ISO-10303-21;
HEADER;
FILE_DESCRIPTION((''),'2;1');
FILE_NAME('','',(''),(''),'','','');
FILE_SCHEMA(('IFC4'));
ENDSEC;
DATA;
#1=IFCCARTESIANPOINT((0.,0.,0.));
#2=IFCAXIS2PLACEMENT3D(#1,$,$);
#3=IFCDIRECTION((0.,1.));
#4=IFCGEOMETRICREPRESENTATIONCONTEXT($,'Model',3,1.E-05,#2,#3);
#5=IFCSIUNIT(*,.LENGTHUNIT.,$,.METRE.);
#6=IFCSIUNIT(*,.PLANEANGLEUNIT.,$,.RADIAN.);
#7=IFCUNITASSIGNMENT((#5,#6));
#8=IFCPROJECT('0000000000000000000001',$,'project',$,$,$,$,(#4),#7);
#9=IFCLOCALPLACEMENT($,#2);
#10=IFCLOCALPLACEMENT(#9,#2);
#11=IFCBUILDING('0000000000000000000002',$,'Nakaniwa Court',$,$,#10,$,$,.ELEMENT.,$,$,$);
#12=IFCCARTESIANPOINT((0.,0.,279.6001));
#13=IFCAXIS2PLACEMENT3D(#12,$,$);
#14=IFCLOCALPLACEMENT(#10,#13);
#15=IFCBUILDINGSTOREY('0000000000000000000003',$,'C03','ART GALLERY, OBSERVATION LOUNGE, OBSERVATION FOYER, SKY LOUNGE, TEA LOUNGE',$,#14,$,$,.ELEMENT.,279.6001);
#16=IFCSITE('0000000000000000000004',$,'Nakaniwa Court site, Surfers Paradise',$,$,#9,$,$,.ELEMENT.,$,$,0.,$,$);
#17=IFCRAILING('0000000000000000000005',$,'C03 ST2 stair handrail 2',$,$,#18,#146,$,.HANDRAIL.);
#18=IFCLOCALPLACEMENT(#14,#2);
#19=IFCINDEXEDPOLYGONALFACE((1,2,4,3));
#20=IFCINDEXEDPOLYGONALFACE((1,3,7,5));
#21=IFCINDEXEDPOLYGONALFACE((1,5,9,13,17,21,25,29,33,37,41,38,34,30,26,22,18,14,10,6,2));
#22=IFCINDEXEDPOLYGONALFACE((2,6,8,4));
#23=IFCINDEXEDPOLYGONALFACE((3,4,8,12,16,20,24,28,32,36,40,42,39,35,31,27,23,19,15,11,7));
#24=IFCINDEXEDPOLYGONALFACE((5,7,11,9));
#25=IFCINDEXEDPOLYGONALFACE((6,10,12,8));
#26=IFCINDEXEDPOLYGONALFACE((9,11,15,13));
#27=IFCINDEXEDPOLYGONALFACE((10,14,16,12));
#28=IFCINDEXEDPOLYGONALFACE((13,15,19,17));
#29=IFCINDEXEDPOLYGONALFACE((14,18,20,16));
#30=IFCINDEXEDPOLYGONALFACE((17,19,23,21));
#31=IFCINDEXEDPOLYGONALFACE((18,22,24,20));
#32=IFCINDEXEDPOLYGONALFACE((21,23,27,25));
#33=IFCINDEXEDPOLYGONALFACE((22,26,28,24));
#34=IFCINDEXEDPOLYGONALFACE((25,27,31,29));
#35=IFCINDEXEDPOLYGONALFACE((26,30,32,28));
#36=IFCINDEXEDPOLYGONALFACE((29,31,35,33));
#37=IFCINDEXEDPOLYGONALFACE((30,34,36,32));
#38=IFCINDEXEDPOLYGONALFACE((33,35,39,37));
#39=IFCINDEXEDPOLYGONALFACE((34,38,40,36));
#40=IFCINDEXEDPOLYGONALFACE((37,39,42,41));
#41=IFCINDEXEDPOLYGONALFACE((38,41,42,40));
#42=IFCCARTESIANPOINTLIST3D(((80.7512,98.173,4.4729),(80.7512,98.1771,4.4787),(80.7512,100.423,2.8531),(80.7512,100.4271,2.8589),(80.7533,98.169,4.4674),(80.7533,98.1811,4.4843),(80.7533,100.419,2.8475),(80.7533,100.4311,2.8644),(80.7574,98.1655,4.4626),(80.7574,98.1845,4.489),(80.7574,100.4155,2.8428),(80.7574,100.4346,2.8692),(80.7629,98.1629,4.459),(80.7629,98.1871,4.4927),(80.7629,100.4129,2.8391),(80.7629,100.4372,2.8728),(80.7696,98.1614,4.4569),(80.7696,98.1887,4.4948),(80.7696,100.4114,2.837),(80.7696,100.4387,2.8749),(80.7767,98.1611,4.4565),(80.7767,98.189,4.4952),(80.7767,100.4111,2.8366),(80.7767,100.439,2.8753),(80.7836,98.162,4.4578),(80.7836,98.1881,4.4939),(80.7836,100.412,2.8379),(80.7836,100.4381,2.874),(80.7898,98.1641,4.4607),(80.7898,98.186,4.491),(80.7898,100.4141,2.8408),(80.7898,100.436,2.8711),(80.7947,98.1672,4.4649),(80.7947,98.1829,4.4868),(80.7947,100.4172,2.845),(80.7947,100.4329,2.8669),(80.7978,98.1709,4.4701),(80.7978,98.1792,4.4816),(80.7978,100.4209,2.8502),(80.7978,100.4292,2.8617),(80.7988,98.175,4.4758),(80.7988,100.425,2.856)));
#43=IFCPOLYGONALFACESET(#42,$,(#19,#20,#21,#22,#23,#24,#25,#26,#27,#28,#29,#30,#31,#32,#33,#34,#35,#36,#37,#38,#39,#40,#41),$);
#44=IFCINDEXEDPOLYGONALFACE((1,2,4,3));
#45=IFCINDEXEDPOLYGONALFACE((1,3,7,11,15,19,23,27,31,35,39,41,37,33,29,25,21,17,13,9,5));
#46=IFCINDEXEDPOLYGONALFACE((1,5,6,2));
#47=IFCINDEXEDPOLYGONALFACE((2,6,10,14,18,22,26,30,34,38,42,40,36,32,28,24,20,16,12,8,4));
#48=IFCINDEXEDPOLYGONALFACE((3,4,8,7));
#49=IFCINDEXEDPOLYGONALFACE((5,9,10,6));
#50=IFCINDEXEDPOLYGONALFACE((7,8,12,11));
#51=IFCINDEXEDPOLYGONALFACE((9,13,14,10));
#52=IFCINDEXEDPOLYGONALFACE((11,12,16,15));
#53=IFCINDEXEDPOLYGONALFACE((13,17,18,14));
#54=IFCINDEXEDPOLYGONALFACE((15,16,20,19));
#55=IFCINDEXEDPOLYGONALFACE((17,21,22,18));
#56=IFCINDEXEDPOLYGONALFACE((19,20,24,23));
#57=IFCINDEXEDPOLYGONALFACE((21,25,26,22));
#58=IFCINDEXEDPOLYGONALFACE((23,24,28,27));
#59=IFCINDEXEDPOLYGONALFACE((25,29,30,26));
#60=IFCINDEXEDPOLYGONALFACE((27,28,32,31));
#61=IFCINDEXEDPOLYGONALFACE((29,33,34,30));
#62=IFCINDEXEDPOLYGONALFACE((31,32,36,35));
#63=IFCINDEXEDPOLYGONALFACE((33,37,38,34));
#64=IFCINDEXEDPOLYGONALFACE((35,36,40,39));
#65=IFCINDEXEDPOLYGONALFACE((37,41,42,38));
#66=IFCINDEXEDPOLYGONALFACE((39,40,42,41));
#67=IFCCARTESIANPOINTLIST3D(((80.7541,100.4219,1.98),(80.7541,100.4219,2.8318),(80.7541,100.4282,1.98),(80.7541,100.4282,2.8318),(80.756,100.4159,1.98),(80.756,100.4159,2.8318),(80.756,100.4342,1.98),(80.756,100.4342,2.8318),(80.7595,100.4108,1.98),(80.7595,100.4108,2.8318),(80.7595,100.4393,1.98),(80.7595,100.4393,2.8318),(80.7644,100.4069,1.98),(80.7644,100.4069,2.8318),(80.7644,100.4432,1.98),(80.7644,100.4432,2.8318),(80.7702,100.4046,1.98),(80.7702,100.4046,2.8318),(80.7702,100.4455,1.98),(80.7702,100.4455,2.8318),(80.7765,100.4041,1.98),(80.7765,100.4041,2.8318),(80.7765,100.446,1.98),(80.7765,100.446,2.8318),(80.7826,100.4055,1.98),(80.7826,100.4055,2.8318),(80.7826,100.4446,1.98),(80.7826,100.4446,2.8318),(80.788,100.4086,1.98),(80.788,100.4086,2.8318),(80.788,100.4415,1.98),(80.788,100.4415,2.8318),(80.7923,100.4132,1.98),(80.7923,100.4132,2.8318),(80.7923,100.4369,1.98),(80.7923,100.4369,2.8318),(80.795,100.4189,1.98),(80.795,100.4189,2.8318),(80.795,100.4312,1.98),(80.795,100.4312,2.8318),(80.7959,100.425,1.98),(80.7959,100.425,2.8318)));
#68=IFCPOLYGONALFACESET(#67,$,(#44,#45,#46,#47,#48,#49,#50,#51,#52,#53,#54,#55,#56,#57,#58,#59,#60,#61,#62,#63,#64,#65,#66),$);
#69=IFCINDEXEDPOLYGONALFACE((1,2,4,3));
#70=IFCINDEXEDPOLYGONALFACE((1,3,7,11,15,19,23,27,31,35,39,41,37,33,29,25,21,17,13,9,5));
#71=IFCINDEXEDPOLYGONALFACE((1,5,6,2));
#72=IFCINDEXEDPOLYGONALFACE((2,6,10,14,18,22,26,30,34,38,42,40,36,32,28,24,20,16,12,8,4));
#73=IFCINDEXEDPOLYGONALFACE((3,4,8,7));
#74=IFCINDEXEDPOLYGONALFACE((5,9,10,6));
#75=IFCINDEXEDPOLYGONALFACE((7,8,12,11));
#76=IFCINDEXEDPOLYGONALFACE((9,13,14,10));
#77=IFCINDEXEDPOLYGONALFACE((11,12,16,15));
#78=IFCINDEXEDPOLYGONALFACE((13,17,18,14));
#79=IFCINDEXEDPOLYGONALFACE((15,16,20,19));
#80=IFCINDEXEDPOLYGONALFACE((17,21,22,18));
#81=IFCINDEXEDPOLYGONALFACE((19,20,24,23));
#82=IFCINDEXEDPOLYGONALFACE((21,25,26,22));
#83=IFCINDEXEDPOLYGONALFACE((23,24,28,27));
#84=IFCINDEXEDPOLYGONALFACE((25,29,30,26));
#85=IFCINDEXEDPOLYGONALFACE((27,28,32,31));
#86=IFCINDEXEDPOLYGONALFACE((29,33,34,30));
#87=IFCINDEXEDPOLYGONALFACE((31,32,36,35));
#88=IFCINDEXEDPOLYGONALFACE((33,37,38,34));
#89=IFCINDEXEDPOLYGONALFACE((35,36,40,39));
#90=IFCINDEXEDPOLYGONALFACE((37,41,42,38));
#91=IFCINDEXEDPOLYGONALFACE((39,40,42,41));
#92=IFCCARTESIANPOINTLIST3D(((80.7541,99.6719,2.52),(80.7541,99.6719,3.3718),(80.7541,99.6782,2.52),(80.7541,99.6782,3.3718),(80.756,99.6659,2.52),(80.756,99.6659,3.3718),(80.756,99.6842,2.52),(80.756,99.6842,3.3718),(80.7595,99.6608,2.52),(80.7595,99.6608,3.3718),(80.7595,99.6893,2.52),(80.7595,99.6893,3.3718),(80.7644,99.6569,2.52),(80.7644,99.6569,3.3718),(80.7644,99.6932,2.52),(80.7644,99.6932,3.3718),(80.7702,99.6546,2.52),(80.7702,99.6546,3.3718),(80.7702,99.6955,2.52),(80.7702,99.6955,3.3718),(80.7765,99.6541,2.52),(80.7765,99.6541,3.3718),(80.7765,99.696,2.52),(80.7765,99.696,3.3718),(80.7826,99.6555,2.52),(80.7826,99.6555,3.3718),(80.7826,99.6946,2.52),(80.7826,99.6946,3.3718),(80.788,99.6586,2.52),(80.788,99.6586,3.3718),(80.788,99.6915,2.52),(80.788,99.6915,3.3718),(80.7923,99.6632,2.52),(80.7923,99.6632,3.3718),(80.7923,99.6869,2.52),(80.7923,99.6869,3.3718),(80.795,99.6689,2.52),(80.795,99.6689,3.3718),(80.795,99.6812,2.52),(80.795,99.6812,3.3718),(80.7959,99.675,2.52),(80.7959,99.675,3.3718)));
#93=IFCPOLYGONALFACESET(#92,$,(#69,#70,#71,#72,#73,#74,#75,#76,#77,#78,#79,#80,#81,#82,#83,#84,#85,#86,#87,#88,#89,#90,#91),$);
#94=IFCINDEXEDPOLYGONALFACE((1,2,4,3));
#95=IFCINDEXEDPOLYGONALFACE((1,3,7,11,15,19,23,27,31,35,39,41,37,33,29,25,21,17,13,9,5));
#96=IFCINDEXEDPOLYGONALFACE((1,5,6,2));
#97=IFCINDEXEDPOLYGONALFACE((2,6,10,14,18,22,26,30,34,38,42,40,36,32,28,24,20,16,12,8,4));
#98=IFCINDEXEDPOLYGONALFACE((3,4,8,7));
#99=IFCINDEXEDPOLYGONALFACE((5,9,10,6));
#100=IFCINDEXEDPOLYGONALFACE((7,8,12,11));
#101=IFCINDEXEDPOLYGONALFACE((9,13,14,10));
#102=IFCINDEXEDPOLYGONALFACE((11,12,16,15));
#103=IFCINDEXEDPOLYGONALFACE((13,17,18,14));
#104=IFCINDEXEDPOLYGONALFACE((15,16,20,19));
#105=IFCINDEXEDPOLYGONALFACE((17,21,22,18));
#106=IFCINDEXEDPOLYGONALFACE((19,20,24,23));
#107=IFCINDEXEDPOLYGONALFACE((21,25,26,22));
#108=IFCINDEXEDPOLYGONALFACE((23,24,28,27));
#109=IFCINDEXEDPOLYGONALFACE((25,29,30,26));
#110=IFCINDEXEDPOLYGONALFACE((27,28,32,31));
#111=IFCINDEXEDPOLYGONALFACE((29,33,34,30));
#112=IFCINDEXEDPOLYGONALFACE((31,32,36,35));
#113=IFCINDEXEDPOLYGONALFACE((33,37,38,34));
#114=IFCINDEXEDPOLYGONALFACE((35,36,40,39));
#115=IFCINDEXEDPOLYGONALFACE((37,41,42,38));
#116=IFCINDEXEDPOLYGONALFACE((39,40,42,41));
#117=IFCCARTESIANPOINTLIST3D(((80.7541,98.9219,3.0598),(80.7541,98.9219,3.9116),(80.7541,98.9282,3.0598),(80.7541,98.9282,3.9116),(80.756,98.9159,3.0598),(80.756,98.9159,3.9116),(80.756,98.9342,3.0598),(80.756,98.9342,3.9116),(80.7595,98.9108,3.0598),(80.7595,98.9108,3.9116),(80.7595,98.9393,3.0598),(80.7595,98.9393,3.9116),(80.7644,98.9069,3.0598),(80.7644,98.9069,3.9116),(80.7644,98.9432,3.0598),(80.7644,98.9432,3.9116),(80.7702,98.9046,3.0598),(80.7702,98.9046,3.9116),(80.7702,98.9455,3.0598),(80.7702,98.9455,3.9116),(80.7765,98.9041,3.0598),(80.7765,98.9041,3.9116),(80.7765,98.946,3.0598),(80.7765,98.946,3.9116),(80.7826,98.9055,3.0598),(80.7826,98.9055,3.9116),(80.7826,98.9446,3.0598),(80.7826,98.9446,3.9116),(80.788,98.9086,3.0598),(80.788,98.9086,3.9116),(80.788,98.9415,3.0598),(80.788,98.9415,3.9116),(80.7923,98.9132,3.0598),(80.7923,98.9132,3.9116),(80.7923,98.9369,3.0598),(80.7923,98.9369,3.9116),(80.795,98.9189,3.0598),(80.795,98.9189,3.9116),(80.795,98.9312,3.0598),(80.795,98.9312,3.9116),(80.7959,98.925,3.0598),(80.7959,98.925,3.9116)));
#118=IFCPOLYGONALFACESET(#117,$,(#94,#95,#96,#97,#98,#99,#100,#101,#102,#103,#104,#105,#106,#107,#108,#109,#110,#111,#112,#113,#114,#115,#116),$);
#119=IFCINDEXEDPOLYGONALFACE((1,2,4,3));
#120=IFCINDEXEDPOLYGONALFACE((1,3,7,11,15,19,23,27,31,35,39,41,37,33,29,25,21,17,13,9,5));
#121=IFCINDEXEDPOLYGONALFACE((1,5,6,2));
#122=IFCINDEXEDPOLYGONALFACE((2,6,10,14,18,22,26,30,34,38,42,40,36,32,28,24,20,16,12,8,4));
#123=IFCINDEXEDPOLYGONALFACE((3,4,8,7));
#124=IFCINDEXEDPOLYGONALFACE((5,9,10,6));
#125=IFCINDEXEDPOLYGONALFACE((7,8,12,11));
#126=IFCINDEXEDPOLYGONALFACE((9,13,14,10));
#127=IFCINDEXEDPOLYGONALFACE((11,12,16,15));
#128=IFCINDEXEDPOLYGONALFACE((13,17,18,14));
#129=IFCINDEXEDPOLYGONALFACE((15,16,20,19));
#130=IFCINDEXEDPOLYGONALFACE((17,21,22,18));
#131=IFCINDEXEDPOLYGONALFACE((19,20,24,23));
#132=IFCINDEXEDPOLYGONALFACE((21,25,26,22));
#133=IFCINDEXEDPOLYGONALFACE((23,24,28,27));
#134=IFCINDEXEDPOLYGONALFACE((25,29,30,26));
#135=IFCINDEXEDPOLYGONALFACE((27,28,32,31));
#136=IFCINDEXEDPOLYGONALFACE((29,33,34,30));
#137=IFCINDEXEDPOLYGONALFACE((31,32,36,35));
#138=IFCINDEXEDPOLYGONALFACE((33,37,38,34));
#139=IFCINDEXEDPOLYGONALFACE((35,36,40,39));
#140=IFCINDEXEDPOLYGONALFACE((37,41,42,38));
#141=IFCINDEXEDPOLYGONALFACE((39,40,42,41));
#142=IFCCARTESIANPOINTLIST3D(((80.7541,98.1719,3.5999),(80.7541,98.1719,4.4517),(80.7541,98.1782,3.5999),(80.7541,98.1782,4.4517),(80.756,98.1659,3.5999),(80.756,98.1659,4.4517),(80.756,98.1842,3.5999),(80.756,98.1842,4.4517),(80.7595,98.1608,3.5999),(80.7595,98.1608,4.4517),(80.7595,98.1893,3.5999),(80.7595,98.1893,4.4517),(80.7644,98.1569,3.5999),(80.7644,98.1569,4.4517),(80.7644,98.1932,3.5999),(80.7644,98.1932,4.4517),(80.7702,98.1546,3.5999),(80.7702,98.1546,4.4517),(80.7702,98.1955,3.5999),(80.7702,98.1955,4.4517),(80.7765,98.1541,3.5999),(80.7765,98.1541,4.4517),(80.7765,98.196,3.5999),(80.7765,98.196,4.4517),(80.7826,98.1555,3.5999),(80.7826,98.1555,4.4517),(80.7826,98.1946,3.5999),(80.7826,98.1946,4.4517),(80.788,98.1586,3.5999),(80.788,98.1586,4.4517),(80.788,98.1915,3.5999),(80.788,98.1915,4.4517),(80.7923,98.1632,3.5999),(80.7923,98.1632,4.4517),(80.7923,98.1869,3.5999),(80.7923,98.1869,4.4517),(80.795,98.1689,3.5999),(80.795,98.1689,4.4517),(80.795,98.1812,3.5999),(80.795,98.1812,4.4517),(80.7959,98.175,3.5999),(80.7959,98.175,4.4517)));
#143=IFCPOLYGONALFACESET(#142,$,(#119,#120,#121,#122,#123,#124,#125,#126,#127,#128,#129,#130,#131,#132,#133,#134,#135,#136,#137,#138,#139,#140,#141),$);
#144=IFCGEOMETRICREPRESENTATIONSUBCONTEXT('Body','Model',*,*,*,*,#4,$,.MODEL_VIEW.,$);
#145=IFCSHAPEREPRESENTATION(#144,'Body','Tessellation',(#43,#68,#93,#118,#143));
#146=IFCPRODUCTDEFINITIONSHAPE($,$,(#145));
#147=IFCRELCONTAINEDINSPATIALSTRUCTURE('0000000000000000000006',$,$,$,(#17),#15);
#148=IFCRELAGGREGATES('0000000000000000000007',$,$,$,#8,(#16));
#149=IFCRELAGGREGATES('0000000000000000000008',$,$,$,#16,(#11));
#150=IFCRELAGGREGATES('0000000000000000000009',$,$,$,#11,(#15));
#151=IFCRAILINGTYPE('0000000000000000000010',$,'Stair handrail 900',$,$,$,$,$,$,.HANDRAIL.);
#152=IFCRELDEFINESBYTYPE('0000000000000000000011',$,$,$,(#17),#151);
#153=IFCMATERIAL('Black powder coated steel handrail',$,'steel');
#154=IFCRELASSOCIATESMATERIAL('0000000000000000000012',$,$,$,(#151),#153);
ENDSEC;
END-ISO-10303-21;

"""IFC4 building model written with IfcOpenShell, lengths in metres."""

from ifc_helpers import new_model, si_unit, direction, frame, origin, origin_2d, place, context, subcontext, project, spatial, circle, extrude, material, type_object, element, save


model = new_model("IFC4")

# Units and contexts
model_context = context("Model", 3, precision=1e-05, world=origin(), true_north=direction((0.0, 1.0)))
body_context = subcontext(model_context, "Body", "Model", "MODEL_VIEW")
ifc_project = project(units=[si_unit("LENGTHUNIT", "METRE"), si_unit("PLANEANGLEUNIT", "RADIAN")], contexts=[model_context])

# Site, building, storey
site_placement = place(None, origin())
site = spatial("IfcSite", under=ifc_project, at=site_placement, Name="Nakaniwa Court site, Surfers Paradise", CompositionType="ELEMENT", RefElevation=0.0)
building_placement = place(site_placement, origin())
building = spatial("IfcBuilding", under=site, at=building_placement, Name="Nakaniwa Court", CompositionType="ELEMENT")
storey_placement = place(building_placement, frame((0.0, 0.0, 279.6001)))
storey = spatial("IfcBuildingStorey", under=building, at=storey_placement, Name="C03", Description="ART GALLERY, OBSERVATION LOUNGE, OBSERVATION FOYER, SKY LOUNGE, TEA LOUNGE", CompositionType="ELEMENT", Elevation=279.6001)

# Railing
ifc_material_1 = material(Name="Black powder coated steel handrail", Category="steel")
railing_type_1 = type_object("IfcRailingType", Name="Stair handrail 900", PredefinedType="HANDRAIL", material=ifc_material_1)
railing_1_placement = place(storey_placement, frame((80.7749, 100.425, 1.98)))
element("IfcRailing", 1, at=railing_1_placement, inside=storey, type_object=railing_type_1, Name="C03 ST2 stair handrail 2", PredefinedType="HANDRAIL", context=body_context, shape_type="SweptSolid", body=[
    extrude(circle(Radius=0.0239, at=origin_2d()), frame((0.0, 0.0, 0.876), z_axis=(0.0, -0.811556, 0.584275), x_axis=(1.0, 0.0, 0.0)), (0.0, 0.0, 1.0), 2.7725),
    extrude(circle(Radius=0.021, at=origin_2d()), origin(), (0.0, 0.0, 1.0), 0.8518),
    extrude(circle(Radius=0.021, at=origin_2d()), frame((0.0, -0.75, 0.54)), (0.0, 0.0, 1.0), 0.8518),
    extrude(circle(Radius=0.021, at=origin_2d()), frame((0.0, -1.5, 1.0798)), (0.0, 0.0, 1.0), 0.8518),
    extrude(circle(Radius=0.021, at=origin_2d()), frame((0.0, -2.25, 1.6199)), (0.0, 0.0, 1.0), 0.8518),
])

save(model, "model.ifc")
